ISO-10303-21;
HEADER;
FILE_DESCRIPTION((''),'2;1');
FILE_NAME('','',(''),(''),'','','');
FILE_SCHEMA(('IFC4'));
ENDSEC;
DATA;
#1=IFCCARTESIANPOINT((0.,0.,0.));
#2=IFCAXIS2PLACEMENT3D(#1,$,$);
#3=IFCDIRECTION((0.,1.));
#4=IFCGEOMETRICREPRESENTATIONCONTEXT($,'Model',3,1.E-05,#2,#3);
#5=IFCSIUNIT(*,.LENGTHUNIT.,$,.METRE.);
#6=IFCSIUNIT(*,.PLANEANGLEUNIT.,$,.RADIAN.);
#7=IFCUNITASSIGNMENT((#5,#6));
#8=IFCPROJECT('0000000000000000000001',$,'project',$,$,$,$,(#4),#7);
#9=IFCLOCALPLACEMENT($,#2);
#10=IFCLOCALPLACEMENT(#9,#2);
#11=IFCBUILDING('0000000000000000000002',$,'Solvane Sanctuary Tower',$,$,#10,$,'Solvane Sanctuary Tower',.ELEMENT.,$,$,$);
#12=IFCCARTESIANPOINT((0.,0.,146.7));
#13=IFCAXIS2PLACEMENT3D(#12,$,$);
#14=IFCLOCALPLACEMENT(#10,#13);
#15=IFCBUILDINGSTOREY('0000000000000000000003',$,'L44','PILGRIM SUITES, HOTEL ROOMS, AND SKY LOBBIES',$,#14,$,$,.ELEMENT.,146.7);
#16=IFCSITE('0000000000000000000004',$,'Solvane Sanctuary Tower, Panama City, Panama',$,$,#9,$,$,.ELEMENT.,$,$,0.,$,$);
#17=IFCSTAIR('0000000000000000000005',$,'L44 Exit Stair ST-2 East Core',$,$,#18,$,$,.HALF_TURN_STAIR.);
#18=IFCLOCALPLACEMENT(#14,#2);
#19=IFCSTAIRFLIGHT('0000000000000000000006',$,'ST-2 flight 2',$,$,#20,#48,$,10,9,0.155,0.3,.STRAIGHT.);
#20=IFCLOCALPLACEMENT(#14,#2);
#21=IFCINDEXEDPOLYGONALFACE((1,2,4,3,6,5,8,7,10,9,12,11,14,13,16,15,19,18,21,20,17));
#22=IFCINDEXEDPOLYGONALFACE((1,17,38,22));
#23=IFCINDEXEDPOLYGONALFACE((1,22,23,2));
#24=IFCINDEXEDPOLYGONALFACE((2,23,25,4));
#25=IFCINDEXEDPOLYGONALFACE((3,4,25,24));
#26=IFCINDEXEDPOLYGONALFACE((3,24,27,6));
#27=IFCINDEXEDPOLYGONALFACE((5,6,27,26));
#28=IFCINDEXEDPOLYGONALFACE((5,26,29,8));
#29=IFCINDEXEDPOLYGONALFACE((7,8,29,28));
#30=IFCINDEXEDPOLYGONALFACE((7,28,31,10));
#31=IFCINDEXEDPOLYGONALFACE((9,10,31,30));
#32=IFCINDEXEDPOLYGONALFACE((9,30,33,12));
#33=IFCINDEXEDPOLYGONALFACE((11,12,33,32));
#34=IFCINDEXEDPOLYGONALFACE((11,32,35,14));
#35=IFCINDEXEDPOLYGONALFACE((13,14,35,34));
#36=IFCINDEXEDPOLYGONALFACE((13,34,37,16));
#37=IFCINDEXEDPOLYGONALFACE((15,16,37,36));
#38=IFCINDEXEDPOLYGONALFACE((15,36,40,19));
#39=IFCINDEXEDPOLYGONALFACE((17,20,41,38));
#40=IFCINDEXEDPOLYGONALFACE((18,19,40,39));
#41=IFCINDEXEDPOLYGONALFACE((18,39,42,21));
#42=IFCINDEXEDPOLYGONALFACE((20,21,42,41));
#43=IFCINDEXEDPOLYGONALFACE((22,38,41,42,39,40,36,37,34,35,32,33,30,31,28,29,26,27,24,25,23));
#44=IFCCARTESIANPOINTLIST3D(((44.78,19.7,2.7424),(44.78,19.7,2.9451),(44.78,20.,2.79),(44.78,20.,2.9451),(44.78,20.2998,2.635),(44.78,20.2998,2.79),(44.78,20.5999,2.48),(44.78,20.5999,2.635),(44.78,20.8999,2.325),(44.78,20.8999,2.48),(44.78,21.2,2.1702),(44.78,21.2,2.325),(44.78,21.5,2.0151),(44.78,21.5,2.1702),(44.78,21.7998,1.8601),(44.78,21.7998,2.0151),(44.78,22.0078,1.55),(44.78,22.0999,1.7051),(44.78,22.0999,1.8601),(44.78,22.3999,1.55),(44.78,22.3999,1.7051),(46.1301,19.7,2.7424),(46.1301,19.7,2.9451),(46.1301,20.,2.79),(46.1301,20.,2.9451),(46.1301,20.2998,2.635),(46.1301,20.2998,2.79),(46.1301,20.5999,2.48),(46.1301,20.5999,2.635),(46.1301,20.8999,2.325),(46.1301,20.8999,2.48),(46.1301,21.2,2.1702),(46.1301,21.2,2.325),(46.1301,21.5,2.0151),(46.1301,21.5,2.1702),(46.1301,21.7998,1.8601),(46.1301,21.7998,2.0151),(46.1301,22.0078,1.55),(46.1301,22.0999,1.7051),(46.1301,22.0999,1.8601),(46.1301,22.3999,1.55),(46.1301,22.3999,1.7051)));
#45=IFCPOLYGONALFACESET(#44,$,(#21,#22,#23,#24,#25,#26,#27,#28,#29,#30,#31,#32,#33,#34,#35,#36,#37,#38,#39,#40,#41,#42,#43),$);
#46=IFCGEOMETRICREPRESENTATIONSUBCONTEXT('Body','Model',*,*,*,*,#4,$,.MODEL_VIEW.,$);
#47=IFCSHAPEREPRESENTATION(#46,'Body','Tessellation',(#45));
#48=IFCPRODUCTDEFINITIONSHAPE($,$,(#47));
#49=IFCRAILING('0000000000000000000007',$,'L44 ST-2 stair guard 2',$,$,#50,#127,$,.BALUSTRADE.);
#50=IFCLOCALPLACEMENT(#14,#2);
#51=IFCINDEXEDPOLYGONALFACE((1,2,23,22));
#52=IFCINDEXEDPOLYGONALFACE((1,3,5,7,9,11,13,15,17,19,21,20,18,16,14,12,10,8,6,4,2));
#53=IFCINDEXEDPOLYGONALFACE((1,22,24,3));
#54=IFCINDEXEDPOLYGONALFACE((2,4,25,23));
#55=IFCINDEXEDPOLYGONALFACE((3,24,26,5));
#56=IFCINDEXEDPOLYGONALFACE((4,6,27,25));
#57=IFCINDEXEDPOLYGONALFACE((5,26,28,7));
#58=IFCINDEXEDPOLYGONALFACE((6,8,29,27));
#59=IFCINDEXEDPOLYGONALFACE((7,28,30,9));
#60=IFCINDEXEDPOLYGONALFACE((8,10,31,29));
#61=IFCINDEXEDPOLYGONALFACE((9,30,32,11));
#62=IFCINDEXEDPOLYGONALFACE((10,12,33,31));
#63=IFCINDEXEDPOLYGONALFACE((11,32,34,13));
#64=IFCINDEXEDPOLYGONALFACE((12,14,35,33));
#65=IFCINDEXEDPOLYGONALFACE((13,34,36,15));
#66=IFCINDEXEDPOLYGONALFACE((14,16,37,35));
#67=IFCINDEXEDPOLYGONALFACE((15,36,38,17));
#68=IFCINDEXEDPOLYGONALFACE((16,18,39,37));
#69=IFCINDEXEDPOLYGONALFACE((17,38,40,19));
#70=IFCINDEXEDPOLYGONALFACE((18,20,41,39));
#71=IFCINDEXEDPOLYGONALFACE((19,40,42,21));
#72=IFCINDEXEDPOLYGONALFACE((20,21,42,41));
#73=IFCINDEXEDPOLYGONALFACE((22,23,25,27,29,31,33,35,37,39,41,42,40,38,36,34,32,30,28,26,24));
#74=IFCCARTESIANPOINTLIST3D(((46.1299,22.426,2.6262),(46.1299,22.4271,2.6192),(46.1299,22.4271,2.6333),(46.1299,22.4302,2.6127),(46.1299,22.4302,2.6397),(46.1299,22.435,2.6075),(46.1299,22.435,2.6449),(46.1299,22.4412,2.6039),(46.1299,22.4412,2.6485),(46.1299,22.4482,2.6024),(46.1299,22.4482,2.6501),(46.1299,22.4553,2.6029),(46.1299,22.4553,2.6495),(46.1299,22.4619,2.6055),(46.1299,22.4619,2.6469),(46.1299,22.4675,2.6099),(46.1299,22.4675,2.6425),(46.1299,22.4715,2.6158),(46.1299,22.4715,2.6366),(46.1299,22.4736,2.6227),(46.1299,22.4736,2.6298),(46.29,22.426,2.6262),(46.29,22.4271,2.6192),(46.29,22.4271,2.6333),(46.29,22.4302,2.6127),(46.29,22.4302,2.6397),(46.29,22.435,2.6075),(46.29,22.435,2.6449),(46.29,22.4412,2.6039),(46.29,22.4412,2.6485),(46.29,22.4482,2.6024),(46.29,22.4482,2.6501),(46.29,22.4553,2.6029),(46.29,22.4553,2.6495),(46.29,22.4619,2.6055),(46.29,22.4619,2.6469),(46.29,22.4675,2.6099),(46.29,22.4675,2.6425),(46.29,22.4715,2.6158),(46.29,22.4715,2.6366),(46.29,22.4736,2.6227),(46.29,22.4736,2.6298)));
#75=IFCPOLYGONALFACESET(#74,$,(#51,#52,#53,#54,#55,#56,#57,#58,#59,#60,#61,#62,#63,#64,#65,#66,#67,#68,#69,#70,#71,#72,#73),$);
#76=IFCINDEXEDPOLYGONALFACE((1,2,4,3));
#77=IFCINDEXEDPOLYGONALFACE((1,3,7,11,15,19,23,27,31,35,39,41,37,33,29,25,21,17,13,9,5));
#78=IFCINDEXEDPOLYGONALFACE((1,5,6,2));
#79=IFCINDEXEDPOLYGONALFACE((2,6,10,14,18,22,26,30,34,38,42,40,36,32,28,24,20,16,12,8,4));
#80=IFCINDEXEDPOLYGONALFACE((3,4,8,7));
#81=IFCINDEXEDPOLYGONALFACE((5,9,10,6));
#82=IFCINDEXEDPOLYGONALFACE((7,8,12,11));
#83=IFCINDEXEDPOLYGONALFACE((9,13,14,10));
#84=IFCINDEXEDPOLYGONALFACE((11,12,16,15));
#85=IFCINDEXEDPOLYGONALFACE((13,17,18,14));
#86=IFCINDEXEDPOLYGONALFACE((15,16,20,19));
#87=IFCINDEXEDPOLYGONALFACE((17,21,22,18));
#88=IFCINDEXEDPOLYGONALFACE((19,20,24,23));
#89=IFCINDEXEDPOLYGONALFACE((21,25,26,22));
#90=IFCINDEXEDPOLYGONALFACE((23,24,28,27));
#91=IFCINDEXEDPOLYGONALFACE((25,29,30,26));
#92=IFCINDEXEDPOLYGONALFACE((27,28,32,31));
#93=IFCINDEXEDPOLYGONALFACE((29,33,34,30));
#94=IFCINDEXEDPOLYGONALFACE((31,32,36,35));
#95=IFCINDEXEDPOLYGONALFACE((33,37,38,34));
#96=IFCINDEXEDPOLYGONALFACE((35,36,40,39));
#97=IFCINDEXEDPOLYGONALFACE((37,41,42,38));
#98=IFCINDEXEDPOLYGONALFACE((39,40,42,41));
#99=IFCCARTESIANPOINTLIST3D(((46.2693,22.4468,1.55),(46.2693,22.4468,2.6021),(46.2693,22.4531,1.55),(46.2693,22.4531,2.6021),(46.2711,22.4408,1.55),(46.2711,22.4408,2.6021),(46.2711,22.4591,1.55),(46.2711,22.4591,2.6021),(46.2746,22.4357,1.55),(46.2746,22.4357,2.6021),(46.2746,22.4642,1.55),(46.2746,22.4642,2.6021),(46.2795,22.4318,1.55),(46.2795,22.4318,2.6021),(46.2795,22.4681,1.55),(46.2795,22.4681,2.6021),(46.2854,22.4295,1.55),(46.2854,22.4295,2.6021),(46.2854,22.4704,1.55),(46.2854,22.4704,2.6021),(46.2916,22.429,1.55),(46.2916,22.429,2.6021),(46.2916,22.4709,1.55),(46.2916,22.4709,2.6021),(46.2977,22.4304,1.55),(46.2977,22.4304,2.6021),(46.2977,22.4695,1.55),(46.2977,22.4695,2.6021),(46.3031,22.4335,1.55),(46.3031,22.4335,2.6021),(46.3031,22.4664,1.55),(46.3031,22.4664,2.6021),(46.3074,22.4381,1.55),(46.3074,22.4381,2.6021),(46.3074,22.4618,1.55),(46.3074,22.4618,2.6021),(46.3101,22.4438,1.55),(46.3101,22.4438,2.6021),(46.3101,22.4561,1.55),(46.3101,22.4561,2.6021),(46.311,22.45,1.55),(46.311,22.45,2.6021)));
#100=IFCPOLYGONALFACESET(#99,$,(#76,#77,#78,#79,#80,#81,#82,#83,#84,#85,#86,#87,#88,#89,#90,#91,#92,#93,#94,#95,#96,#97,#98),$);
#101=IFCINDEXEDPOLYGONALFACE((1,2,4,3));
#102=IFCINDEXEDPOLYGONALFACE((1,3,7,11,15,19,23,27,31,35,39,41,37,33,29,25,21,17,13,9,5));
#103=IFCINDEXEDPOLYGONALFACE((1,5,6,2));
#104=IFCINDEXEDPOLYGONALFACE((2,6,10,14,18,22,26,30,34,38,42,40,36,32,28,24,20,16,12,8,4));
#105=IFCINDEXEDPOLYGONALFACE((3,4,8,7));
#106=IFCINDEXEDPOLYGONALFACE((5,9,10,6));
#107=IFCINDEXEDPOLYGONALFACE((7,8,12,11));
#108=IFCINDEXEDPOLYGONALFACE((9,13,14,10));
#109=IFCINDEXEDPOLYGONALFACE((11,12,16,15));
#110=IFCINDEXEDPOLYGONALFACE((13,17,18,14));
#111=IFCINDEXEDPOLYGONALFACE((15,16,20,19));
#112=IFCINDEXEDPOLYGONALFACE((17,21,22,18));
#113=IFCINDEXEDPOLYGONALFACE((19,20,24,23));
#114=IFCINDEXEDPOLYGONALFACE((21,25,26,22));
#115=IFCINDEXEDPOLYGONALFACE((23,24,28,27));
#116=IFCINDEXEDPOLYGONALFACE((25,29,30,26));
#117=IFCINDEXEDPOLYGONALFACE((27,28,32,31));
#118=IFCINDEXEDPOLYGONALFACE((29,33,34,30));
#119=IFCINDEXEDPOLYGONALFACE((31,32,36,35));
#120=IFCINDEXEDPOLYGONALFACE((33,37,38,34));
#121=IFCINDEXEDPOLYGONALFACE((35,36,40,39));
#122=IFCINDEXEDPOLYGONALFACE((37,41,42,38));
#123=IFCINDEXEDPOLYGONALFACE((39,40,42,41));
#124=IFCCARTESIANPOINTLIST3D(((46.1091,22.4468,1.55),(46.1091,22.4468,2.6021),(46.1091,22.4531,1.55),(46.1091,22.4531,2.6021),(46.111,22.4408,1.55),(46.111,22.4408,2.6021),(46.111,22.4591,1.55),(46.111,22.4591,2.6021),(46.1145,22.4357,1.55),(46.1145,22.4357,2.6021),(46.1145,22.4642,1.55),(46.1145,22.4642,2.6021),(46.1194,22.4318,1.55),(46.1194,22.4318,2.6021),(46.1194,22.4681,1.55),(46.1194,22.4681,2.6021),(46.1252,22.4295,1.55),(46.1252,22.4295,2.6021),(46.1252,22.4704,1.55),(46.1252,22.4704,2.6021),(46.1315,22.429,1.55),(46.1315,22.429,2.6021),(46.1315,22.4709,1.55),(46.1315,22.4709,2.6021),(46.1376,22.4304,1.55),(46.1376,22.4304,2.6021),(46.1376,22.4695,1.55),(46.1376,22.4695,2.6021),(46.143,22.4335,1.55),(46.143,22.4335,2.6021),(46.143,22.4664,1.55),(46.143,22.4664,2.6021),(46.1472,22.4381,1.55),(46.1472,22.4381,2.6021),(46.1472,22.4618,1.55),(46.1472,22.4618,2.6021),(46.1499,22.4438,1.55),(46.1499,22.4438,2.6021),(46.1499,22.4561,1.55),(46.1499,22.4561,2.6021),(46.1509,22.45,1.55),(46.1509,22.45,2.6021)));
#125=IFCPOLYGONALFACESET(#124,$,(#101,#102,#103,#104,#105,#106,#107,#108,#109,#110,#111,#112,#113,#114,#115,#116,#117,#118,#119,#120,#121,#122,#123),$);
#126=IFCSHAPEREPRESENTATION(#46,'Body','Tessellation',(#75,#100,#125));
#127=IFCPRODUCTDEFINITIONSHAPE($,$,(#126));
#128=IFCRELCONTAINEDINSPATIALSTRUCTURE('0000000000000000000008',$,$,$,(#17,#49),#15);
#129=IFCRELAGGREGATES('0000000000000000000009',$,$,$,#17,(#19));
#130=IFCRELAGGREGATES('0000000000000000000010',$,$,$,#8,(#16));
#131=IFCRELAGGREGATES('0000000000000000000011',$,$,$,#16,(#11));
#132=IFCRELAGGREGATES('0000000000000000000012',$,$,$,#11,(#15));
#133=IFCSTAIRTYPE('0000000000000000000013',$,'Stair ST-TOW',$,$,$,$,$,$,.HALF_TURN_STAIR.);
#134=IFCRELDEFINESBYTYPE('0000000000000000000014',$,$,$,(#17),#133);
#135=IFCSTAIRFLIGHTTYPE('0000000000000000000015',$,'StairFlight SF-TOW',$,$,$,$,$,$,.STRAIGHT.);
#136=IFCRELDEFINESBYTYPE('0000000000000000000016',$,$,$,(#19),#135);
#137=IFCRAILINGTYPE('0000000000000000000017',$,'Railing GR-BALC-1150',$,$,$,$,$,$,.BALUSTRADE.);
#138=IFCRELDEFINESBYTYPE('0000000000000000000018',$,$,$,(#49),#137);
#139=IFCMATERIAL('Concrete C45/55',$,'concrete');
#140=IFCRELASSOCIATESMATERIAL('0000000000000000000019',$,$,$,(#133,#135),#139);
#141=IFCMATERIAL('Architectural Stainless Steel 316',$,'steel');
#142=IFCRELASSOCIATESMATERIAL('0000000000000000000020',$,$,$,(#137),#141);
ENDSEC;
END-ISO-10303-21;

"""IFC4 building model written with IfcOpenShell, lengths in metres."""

from ifc_helpers import new_model, si_unit, direction, frame, origin, origin_2d, place, context, subcontext, project, spatial, polyline, circle, outline, extrude, material, type_object, element, aggregate, save


model = new_model("IFC4")

# Units and contexts
model_context = context("Model", 3, precision=1e-05, world=origin(), true_north=direction((0.0, 1.0)))
body_context = subcontext(model_context, "Body", "Model", "MODEL_VIEW")
ifc_project = project(units=[si_unit("LENGTHUNIT", "METRE"), si_unit("PLANEANGLEUNIT", "RADIAN")], contexts=[model_context])

# Site, building, storey
site_placement = place(None, origin())
site = spatial("IfcSite", under=ifc_project, at=site_placement, Name="Solvane Sanctuary Tower, Panama City, Panama", CompositionType="ELEMENT", RefElevation=0.0)
building_placement = place(site_placement, origin())
building = spatial("IfcBuilding", under=site, at=building_placement, Name="Solvane Sanctuary Tower", LongName="Solvane Sanctuary Tower", CompositionType="ELEMENT")
storey_placement = place(building_placement, frame((0.0, 0.0, 146.7)))
storey = spatial("IfcBuildingStorey", under=building, at=storey_placement, Name="L44", Description="PILGRIM SUITES, HOTEL ROOMS, AND SKY LOBBIES", CompositionType="ELEMENT", Elevation=146.7)

# Shared definitions
ifc_material_1 = material(Name="Architectural Stainless Steel 316", Category="steel")

# Stair, stair flight
ifc_material_2 = material(Name="Concrete C45/55", Category="concrete")
stair_type = type_object("IfcStairType", Name="Stair ST-TOW", PredefinedType="HALF_TURN_STAIR", material=ifc_material_2)
stair_placement = place(storey_placement, origin())
stair = element("IfcStair", 1, at=stair_placement, inside=storey, type_object=stair_type, Name="L44 Exit Stair ST-2 East Core", PredefinedType="HALF_TURN_STAIR")
stair_flight_type = type_object("IfcStairFlightType", Name="StairFlight SF-TOW", PredefinedType="STRAIGHT", material=ifc_material_2)
stair_flight_placement = place(storey_placement, frame((45.4551, 22.3999, 1.55), z_axis=(0.0, 0.0, 1.0), x_axis=(0.0, -1.0, 0.0)))
stair_flight = element("IfcStairFlight", 2, at=stair_flight_placement, type_object=stair_flight_type, Name="ST-2 flight 2", NumberOfRisers=10, NumberOfTreads=9, PredefinedType="STRAIGHT", RiserHeight=0.155, TreadLength=0.3, context=body_context, shape_type="SweptSolid", body=[
    extrude(outline(polyline([(0.0, 0.0), (0.0, 0.155), (0.3, 0.155), (0.3, 0.3101), (0.6001, 0.3101), (0.6001, 0.4651), (0.8999, 0.4651), (0.8999, 0.6201), (1.2, 0.6201), (1.2, 0.7749), (1.5, 0.7749), (1.5, 0.9299), (1.8, 0.9299), (1.8, 1.085), (2.1001, 1.085), (2.1001, 1.24), (2.3999, 1.24), (2.3999, 1.395), (2.7, 1.395), (2.7, 1.55), (2.7, 1.1924), (0.3921, 0.0), (0.0, 0.0)])), frame((0.0, 0.675, 0.0), z_axis=(0.0, -1.0, 0.0), x_axis=(1.0, 0.0, 0.0)), (0.0, 0.0, 1.0), 1.3501),
])
aggregate(stair, [stair_flight])

# Railing
railing_type_1 = type_object("IfcRailingType", Name="Railing GR-BALC-1150", PredefinedType="BALUSTRADE", material=ifc_material_1)
railing_1_placement = place(storey_placement, frame((46.29, 22.45, 1.55)))
element("IfcRailing", 3, at=railing_1_placement, inside=storey, type_object=railing_type_1, Name="L44 ST-2 stair guard 2", PredefinedType="BALUSTRADE", context=body_context, shape_type="SweptSolid", body=[
    extrude(circle(Radius=0.0239, at=origin_2d()), frame((0.0, 0.0, 1.0762), z_axis=(-1.0, 0.0, 0.0), x_axis=(0.0, -1.0, 0.0)), (0.0, 0.0, 1.0), 0.1602),
    extrude(circle(Radius=0.021, at=origin_2d()), origin(), (0.0, 0.0, 1.0), 1.052),
    extrude(circle(Radius=0.021, at=origin_2d()), frame((-0.1602, 0.0, 0.0)), (0.0, 0.0, 1.0), 1.052),
])

save(model, "model.ifc")
